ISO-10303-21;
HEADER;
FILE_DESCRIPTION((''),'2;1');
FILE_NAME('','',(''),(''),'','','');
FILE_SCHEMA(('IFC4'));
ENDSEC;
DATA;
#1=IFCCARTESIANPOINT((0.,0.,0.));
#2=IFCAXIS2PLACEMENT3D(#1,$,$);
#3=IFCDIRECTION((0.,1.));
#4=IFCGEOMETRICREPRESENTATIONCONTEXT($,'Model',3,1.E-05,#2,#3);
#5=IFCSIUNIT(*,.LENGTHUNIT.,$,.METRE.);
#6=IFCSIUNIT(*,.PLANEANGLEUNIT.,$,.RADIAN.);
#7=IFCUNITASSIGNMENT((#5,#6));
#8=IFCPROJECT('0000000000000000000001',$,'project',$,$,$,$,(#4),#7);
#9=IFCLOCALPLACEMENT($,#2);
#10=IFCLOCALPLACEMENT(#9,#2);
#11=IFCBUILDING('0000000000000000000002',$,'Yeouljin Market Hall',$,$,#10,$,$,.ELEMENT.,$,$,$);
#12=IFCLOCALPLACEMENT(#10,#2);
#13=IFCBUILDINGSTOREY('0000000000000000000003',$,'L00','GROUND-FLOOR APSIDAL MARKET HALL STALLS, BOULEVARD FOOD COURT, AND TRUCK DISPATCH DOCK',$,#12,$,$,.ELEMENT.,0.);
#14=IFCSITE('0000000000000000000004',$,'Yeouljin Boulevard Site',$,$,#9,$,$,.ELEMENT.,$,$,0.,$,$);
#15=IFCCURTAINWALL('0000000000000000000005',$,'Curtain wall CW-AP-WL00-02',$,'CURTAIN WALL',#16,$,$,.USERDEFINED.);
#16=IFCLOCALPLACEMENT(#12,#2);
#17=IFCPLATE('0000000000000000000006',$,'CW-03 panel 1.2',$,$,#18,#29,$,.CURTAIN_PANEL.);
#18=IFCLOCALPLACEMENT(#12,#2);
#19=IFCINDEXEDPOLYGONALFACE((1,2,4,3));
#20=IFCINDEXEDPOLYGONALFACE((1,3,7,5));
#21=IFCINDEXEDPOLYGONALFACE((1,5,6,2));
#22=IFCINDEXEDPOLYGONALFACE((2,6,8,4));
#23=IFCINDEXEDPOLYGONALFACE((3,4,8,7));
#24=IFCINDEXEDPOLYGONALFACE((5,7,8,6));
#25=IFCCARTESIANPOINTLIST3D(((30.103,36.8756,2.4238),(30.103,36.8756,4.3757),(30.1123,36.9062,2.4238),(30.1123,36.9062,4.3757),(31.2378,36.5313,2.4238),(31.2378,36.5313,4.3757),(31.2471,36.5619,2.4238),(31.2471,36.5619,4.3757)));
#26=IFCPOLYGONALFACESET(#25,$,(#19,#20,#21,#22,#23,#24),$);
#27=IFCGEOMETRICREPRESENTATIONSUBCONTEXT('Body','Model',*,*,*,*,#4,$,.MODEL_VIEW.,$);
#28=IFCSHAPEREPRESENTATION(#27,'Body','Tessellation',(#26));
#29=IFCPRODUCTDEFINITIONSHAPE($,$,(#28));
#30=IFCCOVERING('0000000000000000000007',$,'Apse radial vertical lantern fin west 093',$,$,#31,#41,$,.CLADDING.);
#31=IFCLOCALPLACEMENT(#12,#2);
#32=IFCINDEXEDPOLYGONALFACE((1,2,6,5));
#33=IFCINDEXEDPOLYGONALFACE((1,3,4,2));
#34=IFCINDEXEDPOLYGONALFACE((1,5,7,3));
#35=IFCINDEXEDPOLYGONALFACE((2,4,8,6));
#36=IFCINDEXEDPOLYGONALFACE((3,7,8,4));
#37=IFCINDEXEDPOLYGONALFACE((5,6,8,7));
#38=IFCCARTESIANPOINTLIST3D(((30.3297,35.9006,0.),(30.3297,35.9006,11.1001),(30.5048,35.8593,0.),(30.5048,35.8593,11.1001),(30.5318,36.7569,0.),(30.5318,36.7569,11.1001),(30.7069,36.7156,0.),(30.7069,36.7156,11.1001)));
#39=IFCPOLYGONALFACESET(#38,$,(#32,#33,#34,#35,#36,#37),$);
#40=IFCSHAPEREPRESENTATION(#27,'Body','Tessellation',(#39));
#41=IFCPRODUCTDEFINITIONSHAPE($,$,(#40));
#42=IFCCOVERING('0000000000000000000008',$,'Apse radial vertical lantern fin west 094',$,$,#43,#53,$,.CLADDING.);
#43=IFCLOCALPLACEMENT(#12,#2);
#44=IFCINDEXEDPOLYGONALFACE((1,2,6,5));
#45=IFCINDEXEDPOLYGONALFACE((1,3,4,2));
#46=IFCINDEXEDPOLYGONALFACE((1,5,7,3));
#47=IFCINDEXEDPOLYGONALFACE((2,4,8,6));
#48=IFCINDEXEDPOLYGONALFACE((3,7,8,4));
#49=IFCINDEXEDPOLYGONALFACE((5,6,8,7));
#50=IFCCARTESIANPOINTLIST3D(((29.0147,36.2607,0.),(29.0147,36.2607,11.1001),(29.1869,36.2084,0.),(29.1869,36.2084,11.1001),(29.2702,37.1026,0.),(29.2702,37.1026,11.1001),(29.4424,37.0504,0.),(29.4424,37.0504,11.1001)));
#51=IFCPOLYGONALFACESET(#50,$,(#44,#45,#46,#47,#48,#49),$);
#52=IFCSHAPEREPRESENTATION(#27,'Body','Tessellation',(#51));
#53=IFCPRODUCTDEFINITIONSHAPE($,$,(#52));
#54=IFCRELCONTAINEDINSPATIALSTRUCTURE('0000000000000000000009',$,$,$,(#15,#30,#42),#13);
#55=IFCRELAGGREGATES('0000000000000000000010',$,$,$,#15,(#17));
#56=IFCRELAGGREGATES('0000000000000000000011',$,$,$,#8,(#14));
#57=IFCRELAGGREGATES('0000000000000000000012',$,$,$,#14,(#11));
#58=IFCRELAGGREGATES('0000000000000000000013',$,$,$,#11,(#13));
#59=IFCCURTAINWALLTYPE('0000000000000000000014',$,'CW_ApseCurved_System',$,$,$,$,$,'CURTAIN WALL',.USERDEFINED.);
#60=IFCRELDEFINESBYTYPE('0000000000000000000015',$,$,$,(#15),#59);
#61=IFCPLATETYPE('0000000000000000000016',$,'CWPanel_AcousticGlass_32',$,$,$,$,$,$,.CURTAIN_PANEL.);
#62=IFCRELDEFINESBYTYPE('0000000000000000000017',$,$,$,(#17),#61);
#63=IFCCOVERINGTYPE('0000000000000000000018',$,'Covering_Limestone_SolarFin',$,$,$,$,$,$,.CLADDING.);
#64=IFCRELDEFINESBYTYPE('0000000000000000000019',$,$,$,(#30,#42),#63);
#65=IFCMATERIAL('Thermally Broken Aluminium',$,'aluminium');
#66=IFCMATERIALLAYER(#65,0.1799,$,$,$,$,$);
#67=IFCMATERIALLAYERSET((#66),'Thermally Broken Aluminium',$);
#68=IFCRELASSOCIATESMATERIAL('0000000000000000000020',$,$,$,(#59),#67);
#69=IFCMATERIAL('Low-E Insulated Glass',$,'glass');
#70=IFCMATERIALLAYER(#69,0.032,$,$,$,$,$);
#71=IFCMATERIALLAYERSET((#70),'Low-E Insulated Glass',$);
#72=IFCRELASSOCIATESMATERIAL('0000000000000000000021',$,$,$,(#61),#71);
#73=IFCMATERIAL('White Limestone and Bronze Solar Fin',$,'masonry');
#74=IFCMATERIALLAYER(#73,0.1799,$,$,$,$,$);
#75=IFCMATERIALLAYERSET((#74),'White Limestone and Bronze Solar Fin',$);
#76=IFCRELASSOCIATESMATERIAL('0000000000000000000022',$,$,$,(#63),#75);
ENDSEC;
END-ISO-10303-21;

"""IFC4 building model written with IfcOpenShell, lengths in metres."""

from ifc_helpers import new_model, si_unit, direction, frame, origin, origin_2d, place, context, subcontext, project, spatial, rectangle, extrude, material, layer, layer_set, type_object, element, aggregate, save


model = new_model("IFC4")

# Units and contexts
model_context = context("Model", 3, precision=1e-05, world=origin(), true_north=direction((0.0, 1.0)))
body_context = subcontext(model_context, "Body", "Model", "MODEL_VIEW")
ifc_project = project(units=[si_unit("LENGTHUNIT", "METRE"), si_unit("PLANEANGLEUNIT", "RADIAN")], contexts=[model_context])

# Site, building, storey
site_placement = place(None, origin())
site = spatial("IfcSite", under=ifc_project, at=site_placement, Name="Yeouljin Boulevard Site", CompositionType="ELEMENT", RefElevation=0.0)
building_placement = place(site_placement, origin())
building = spatial("IfcBuilding", under=site, at=building_placement, Name="Yeouljin Market Hall", CompositionType="ELEMENT")
storey_placement = place(building_placement, origin())
storey = spatial("IfcBuildingStorey", under=building, at=storey_placement, Name="L00", Description="GROUND-FLOOR APSIDAL MARKET HALL STALLS, BOULEVARD FOOD COURT, AND TRUCK DISPATCH DOCK", CompositionType="ELEMENT", Elevation=0.0)

# Shared definitions
ifc_material_1 = material(Name="Thermally Broken Aluminium", Category="aluminium")
ifc_layer_1 = layer(ifc_material_1, 0.1799)
ifc_layer_set_1 = layer_set([ifc_layer_1], Name="Thermally Broken Aluminium")
curtain_wall_type = type_object("IfcCurtainWallType", Name="CW_ApseCurved_System", ElementType="CURTAIN WALL", PredefinedType="USERDEFINED", material=ifc_layer_set_1)

# Curtain wall
curtain_wall_1_placement = place(storey_placement, origin())
curtain_wall_1 = element("IfcCurtainWall", 1, at=curtain_wall_1_placement, inside=storey, type_object=curtain_wall_type, Name="Curtain wall CW-AP-WL00-02", ObjectType="CURTAIN WALL", PredefinedType="USERDEFINED")

# Plate
ifc_material_2 = material(Name="Low-E Insulated Glass", Category="glass")
ifc_layer_2 = layer(ifc_material_2, 0.032)
ifc_layer_set_2 = layer_set([ifc_layer_2], Name="Low-E Insulated Glass")
plate_type = type_object("IfcPlateType", Name="CWPanel_AcousticGlass_32", PredefinedType="CURTAIN_PANEL", material=ifc_layer_set_2)
plate_1_placement = place(storey_placement, frame((30.675, 36.7188, 2.4238), z_axis=(0.0, 0.0, 1.0), x_axis=(-0.95694, 0.290286, 0.0)))
plate_1 = element("IfcPlate", 2, at=plate_1_placement, type_object=plate_type, Name="CW-03 panel 1.2", PredefinedType="CURTAIN_PANEL", context=body_context, shape_type="SweptSolid", body=[
    extrude(rectangle(XDim=1.1858, YDim=0.032, at=origin_2d()), origin(), (0.0, 0.0, 1.0), 1.9519),
])
aggregate(curtain_wall_1, [plate_1])

# Coverings
ifc_material_3 = material(Name="White Limestone and Bronze Solar Fin", Category="masonry")
ifc_layer_3 = layer(ifc_material_3, 0.1799)
ifc_layer_set_3 = layer_set([ifc_layer_3], Name="White Limestone and Bronze Solar Fin")
covering_type = type_object("IfcCoveringType", Name="Covering_Limestone_SolarFin", PredefinedType="CLADDING", material=ifc_layer_set_3)
for number, where, z_axis, x_axis, name in (
    (3, (30.5183, 36.3081, 0.0), (0.0, 0.0, 1.0), (-0.22971, -0.973259, 0.0), "Apse radial vertical lantern fin west 093"),
    (4, (29.2285, 36.6555, 0.0), (0.0, 0.0, 1.0), (-0.290368, -0.956915, 0.0), "Apse radial vertical lantern fin west 094"),
):
    element("IfcCovering", number, at=place(storey_placement, frame(where, z_axis=z_axis, x_axis=x_axis)), inside=storey, type_object=covering_type, Name=name, PredefinedType="CLADDING", context=body_context, shape_type="SweptSolid", body=[
        extrude(rectangle(XDim=0.8799, YDim=0.1799, at=origin_2d()), origin(), (0.0, 0.0, 1.0), 11.1001),
    ])

save(model, "model.ifc")
